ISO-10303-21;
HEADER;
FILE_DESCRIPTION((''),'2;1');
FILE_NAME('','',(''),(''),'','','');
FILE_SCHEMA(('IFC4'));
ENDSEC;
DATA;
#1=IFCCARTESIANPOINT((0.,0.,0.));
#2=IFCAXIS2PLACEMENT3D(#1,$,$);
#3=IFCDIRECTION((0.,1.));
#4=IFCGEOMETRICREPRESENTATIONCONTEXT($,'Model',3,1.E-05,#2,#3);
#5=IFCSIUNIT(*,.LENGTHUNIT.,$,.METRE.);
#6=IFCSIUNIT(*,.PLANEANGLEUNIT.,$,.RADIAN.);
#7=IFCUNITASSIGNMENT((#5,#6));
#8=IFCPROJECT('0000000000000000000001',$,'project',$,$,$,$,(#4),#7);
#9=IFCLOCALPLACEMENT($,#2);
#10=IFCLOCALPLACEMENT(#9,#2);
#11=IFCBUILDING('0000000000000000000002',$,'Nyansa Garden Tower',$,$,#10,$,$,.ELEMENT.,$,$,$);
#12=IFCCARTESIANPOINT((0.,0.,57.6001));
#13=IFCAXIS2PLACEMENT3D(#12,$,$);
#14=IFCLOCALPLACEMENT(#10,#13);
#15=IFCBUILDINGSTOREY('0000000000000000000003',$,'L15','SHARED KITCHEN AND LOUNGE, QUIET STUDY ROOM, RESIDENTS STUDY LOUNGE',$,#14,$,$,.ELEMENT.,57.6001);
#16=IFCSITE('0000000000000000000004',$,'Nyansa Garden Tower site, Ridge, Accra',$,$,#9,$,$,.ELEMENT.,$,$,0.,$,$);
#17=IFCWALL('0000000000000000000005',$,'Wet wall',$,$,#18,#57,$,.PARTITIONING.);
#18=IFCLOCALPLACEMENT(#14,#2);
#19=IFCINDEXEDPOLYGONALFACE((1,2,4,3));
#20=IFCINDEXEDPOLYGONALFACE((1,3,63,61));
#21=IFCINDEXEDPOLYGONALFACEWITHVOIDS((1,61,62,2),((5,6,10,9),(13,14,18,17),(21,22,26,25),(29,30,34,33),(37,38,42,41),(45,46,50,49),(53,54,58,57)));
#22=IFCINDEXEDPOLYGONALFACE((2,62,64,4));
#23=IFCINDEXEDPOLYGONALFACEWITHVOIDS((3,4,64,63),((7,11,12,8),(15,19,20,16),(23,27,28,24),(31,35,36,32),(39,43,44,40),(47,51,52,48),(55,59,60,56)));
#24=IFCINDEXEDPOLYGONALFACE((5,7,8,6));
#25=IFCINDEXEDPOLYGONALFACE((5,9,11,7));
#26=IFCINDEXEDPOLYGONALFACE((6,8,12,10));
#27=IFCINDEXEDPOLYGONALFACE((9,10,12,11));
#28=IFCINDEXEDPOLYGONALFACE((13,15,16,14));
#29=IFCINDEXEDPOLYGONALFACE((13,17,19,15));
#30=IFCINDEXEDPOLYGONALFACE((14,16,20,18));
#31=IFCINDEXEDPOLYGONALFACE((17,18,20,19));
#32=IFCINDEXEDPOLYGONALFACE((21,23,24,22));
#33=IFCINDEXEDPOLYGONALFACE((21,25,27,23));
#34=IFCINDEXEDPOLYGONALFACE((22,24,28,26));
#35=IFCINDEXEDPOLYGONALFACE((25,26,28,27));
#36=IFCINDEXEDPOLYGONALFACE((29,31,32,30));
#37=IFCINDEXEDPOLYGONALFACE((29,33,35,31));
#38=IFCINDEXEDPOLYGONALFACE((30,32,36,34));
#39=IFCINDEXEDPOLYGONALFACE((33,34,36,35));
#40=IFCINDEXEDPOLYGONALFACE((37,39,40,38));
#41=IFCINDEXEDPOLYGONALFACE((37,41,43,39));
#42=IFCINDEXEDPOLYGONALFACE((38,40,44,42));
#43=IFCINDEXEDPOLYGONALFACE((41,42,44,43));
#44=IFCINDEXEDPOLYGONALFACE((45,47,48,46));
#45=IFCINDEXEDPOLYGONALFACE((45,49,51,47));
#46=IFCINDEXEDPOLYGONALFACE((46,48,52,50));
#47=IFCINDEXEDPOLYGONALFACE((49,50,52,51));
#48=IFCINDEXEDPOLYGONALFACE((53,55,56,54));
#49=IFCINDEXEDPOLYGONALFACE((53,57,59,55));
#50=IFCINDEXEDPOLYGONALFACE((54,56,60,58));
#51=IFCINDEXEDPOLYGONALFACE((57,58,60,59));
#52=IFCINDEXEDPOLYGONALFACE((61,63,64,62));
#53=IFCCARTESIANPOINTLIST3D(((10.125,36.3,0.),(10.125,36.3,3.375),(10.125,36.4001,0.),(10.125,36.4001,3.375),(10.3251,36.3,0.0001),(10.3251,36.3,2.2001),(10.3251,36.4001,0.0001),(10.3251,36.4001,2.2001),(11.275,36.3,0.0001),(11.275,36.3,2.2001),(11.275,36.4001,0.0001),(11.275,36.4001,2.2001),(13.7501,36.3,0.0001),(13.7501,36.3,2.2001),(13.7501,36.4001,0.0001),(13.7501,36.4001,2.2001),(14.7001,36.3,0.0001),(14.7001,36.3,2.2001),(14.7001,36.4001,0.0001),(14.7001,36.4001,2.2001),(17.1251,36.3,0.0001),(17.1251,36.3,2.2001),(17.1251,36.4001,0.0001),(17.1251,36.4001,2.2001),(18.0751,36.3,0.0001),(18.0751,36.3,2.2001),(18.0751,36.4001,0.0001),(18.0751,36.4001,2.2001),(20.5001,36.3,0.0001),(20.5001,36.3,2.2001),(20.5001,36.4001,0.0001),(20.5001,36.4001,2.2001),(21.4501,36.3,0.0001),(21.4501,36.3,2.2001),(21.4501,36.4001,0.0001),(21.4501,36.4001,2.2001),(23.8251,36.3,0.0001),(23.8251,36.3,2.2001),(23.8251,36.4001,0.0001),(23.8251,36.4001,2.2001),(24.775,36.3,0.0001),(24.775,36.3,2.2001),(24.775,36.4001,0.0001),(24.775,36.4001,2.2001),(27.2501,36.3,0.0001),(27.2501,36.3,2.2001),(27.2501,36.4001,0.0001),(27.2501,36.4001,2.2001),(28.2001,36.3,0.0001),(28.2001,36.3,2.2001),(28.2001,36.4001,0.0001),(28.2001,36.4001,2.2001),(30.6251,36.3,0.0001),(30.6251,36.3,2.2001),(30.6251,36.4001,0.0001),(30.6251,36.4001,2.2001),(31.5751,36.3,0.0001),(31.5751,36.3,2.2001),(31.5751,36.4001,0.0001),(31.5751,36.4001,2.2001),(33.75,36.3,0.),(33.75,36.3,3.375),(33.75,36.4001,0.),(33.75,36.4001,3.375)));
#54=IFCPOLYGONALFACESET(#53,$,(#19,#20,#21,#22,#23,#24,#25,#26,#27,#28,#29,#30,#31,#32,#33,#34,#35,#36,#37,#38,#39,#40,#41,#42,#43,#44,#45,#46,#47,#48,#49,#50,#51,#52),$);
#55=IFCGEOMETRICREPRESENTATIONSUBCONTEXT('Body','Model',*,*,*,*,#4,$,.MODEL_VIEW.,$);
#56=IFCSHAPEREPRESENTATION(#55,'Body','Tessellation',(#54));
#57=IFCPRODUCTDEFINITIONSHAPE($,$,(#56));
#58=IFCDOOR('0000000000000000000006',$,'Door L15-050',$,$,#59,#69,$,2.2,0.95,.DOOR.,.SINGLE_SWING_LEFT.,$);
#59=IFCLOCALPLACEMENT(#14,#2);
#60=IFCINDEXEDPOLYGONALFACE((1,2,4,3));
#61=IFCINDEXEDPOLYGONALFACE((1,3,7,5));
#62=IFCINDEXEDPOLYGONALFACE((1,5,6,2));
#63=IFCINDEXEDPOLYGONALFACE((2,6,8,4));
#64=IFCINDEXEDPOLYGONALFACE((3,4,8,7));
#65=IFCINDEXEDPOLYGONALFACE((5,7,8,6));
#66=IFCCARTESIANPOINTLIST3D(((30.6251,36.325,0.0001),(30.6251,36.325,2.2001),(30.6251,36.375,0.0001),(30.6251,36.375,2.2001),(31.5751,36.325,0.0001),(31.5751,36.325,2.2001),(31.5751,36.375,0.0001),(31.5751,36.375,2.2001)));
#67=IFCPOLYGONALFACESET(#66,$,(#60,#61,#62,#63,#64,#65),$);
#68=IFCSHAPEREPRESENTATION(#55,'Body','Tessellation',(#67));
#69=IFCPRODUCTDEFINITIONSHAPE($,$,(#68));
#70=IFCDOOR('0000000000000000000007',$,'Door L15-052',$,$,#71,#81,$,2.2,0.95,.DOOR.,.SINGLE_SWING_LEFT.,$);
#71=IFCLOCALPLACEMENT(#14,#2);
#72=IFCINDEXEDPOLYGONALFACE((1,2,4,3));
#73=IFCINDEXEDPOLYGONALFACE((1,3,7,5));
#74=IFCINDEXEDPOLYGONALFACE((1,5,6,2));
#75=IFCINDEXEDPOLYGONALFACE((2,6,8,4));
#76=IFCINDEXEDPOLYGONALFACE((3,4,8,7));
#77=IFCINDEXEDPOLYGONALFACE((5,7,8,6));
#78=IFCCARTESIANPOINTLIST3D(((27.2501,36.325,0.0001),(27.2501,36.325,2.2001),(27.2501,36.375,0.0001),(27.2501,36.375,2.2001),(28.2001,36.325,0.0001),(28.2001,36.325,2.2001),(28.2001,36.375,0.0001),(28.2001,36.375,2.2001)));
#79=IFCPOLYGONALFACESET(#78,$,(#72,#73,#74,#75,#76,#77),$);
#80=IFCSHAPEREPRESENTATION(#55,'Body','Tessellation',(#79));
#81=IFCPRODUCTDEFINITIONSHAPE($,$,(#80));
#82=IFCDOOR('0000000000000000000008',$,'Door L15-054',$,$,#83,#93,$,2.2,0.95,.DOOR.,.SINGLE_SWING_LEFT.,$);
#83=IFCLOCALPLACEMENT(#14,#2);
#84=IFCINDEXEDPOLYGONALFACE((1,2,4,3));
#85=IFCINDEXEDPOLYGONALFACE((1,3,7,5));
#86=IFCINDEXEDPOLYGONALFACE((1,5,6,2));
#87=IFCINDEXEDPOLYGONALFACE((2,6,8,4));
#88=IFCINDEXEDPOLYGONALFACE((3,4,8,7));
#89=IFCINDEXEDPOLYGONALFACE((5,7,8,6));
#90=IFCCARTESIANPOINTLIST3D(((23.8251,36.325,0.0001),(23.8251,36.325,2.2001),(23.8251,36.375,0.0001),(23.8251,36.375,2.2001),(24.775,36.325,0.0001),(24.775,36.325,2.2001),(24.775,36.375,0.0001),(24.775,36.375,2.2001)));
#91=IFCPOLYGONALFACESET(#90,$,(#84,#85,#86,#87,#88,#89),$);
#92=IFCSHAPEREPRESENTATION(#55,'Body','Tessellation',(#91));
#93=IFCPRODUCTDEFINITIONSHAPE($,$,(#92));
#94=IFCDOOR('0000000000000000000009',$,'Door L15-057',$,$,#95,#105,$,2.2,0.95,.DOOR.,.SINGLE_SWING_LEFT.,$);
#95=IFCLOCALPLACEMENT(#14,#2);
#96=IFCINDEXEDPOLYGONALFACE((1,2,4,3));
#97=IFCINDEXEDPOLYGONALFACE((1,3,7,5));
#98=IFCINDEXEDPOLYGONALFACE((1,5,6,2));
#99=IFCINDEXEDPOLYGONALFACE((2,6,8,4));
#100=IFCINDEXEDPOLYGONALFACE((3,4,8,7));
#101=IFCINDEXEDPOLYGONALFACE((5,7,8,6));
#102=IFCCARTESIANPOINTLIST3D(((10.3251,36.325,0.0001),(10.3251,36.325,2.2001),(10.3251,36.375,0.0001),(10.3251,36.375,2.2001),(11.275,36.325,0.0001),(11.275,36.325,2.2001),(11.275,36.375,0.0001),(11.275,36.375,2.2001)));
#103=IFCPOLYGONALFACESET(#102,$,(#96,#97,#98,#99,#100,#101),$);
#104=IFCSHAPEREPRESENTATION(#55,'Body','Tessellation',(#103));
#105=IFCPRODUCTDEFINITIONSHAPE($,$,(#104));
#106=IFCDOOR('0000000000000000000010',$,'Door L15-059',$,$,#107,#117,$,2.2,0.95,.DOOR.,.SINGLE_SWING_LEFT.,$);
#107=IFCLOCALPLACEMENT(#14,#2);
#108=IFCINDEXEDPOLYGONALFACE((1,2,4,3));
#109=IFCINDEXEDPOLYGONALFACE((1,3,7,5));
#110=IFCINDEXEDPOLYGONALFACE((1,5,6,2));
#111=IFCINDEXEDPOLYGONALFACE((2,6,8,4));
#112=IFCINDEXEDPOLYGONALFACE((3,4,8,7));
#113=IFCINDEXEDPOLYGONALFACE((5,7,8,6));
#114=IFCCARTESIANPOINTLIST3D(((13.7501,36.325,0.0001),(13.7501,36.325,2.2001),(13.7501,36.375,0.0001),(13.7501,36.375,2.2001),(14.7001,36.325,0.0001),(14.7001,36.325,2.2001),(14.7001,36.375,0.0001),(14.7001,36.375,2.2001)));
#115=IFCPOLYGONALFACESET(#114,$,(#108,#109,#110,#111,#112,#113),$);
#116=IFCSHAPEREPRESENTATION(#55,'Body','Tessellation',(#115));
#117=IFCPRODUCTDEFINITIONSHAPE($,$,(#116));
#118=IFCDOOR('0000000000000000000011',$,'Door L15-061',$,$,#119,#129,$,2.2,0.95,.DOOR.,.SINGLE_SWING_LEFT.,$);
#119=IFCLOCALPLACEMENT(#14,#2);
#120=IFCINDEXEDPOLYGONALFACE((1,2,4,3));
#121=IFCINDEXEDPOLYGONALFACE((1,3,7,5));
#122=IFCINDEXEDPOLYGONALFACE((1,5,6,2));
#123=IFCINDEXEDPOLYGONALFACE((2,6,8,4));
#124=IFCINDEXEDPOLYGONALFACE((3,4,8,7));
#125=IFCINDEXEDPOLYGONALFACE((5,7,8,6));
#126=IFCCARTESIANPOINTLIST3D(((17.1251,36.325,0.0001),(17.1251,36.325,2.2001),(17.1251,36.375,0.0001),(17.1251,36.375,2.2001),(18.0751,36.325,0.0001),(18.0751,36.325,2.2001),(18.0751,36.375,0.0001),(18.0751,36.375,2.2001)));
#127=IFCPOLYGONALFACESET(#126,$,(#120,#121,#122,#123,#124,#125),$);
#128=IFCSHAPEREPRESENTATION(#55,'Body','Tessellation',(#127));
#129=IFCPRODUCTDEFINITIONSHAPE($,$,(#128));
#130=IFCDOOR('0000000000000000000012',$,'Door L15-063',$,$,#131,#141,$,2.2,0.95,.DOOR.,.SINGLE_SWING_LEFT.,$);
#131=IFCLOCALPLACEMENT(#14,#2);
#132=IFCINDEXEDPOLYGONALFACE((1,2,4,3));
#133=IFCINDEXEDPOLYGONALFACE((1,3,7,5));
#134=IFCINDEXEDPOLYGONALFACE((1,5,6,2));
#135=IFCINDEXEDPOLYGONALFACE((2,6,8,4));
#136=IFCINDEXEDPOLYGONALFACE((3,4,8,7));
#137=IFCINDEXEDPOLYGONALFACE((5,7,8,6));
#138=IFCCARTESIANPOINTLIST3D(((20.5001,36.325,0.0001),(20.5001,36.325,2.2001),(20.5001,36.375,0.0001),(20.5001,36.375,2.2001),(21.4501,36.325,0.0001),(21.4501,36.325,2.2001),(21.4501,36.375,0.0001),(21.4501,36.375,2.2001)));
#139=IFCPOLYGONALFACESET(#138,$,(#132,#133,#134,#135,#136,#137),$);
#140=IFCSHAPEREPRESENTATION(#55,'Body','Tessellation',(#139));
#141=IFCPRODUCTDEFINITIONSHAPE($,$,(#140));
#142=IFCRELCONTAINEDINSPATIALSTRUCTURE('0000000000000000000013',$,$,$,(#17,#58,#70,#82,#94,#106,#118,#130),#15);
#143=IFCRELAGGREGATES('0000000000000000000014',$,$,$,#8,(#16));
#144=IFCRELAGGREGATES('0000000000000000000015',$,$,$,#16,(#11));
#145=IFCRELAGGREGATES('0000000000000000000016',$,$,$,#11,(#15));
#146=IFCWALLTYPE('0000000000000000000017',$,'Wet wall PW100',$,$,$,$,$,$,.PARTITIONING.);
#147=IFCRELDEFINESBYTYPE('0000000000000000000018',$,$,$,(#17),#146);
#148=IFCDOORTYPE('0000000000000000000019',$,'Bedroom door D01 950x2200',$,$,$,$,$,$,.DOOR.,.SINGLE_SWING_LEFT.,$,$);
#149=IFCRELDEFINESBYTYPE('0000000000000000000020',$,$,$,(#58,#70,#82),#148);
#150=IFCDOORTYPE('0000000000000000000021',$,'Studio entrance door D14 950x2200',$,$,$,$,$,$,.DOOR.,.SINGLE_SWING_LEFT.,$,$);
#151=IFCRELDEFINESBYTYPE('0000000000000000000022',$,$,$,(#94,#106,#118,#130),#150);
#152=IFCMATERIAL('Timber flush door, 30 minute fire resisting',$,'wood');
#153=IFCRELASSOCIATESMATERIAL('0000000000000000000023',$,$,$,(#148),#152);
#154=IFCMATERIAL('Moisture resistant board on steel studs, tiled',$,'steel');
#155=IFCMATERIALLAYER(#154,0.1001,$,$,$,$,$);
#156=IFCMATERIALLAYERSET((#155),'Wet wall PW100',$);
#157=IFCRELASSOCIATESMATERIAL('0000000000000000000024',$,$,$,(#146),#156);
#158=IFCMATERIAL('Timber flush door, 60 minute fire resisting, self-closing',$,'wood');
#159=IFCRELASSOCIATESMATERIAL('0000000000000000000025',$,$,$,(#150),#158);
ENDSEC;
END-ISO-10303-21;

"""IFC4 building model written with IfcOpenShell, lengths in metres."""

from ifc_helpers import new_model, si_unit, direction, frame, frame_2d, origin, place, context, subcontext, project, spatial, rectangle, extrude, material, layer, layer_set, type_object, element, fill, save


model = new_model("IFC4")

# Units and contexts
model_context = context("Model", 3, precision=1e-05, world=origin(), true_north=direction((0.0, 1.0)))
body_context = subcontext(model_context, "Body", "Model", "MODEL_VIEW")
ifc_project = project(units=[si_unit("LENGTHUNIT", "METRE"), si_unit("PLANEANGLEUNIT", "RADIAN")], contexts=[model_context])

# Site, building, storey
site_placement = place(None, origin())
site = spatial("IfcSite", under=ifc_project, at=site_placement, Name="Nyansa Garden Tower site, Ridge, Accra", CompositionType="ELEMENT", RefElevation=0.0)
building_placement = place(site_placement, origin())
building = spatial("IfcBuilding", under=site, at=building_placement, Name="Nyansa Garden Tower", CompositionType="ELEMENT")
storey_placement = place(building_placement, frame((0.0, 0.0, 57.6001)))
storey = spatial("IfcBuildingStorey", under=building, at=storey_placement, Name="L15", Description="SHARED KITCHEN AND LOUNGE, QUIET STUDY ROOM, RESIDENTS STUDY LOUNGE", CompositionType="ELEMENT", Elevation=57.6001)

# Shared definitions
ifc_material_1 = material(Name="Timber flush door, 30 minute fire resisting", Category="wood")
door_type_1 = type_object("IfcDoorType", Name="Bedroom door D01 950x2200", OperationType="SINGLE_SWING_LEFT", PredefinedType="DOOR", material=ifc_material_1)

# Wall, openings, doors
ifc_material_2 = material(Name="Moisture resistant board on steel studs, tiled", Category="steel")
ifc_layer_1 = layer(ifc_material_2, 0.1001)
ifc_layer_set_1 = layer_set([ifc_layer_1], Name="Wet wall PW100")
wall_type_1 = type_object("IfcWallType", Name="Wet wall PW100", PredefinedType="PARTITIONING", material=ifc_layer_set_1)
wall_1_placement = place(storey_placement, frame((10.125, 36.3501, 0.0), z_axis=(0.0, 0.0, 1.0), x_axis=(1.0, 0.0, 0.0)))
wall_1 = element("IfcWall", 1, at=wall_1_placement, inside=storey, type_object=wall_type_1, Name="Wet wall", PredefinedType="PARTITIONING", context=body_context, shape_type="SweptSolid", body=[
    extrude(rectangle(XDim=23.625, YDim=0.1001, at=frame_2d((11.8125, 0.0))), origin(), (0.0, 0.0, 1.0), 3.375),
])
opening_1_placement = place(wall_1_placement, frame((20.5, 0.0, 0.0)))
opening_1 = element("IfcOpeningElement", 2, at=opening_1_placement, cuts=wall_1, PredefinedType="OPENING", context=body_context, shape_type="SweptSolid", body=[
    extrude(rectangle(XDim=0.95, YDim=2.2, at=frame_2d((0.4751, 1.1001))), frame((0.0, 0.0601, 0.0), z_axis=(0.0, -1.0, 0.0), x_axis=(1.0, 0.0, 0.0)), (0.0, 0.0, 1.0), 0.1201),
])
opening_2_placement = place(wall_1_placement, frame((17.125, 0.0, 0.0)))
opening_2 = element("IfcOpeningElement", 3, at=opening_2_placement, cuts=wall_1, PredefinedType="OPENING", context=body_context, shape_type="SweptSolid", body=[
    extrude(rectangle(XDim=0.95, YDim=2.2, at=frame_2d((0.4751, 1.1001))), frame((0.0, 0.0601, 0.0), z_axis=(0.0, -1.0, 0.0), x_axis=(1.0, 0.0, 0.0)), (0.0, 0.0, 1.0), 0.1201),
])
opening_3_placement = place(wall_1_placement, frame((13.7, 0.0, 0.0)))
opening_3 = element("IfcOpeningElement", 4, at=opening_3_placement, cuts=wall_1, PredefinedType="OPENING", context=body_context, shape_type="SweptSolid", body=[
    extrude(rectangle(XDim=0.95, YDim=2.2, at=frame_2d((0.4751, 1.1001))), frame((0.0, 0.0601, 0.0), z_axis=(0.0, -1.0, 0.0), x_axis=(1.0, 0.0, 0.0)), (0.0, 0.0, 1.0), 0.1201),
])
opening_4_placement = place(wall_1_placement, frame((0.2, 0.0, 0.0)))
opening_4 = element("IfcOpeningElement", 5, at=opening_4_placement, cuts=wall_1, PredefinedType="OPENING", context=body_context, shape_type="SweptSolid", body=[
    extrude(rectangle(XDim=0.95, YDim=2.2, at=frame_2d((0.4751, 1.1001))), frame((0.0, 0.0601, 0.0), z_axis=(0.0, -1.0, 0.0), x_axis=(1.0, 0.0, 0.0)), (0.0, 0.0, 1.0), 0.1201),
])
opening_5_placement = place(wall_1_placement, frame((3.625, 0.0, 0.0)))
opening_5 = element("IfcOpeningElement", 6, at=opening_5_placement, cuts=wall_1, PredefinedType="OPENING", context=body_context, shape_type="SweptSolid", body=[
    extrude(rectangle(XDim=0.95, YDim=2.2, at=frame_2d((0.4751, 1.1001))), frame((0.0, 0.0601, 0.0), z_axis=(0.0, -1.0, 0.0), x_axis=(1.0, 0.0, 0.0)), (0.0, 0.0, 1.0), 0.1201),
])
opening_6_placement = place(wall_1_placement, frame((7.0, 0.0, 0.0)))
opening_6 = element("IfcOpeningElement", 7, at=opening_6_placement, cuts=wall_1, PredefinedType="OPENING", context=body_context, shape_type="SweptSolid", body=[
    extrude(rectangle(XDim=0.95, YDim=2.2, at=frame_2d((0.4751, 1.1001))), frame((0.0, 0.0601, 0.0), z_axis=(0.0, -1.0, 0.0), x_axis=(1.0, 0.0, 0.0)), (0.0, 0.0, 1.0), 0.1201),
])
opening_7_placement = place(wall_1_placement, frame((10.375, 0.0, 0.0)))
opening_7 = element("IfcOpeningElement", 8, at=opening_7_placement, cuts=wall_1, PredefinedType="OPENING", context=body_context, shape_type="SweptSolid", body=[
    extrude(rectangle(XDim=0.95, YDim=2.2, at=frame_2d((0.4751, 1.1001))), frame((0.0, 0.0601, 0.0), z_axis=(0.0, -1.0, 0.0), x_axis=(1.0, 0.0, 0.0)), (0.0, 0.0, 1.0), 0.1201),
])
door_1_placement = place(opening_1_placement, origin())
door_1 = element("IfcDoor", 9, at=door_1_placement, inside=storey, type_object=door_type_1, Name="Door L15-050", OperationType="SINGLE_SWING_LEFT", OverallHeight=2.2, OverallWidth=0.95, PredefinedType="DOOR", context=body_context, shape_type="SweptSolid", body=[
    extrude(rectangle(XDim=0.95, YDim=2.2, at=frame_2d((0.4751, 1.1001))), frame((0.0, 0.0249, 0.0), z_axis=(0.0, -1.0, 0.0), x_axis=(1.0, 0.0, 0.0)), (0.0, 0.0, 1.0), 0.05),
])
fill(opening_1, door_1)
door_2_placement = place(opening_2_placement, origin())
door_2 = element("IfcDoor", 10, at=door_2_placement, inside=storey, type_object=door_type_1, Name="Door L15-052", OperationType="SINGLE_SWING_LEFT", OverallHeight=2.2, OverallWidth=0.95, PredefinedType="DOOR", context=body_context, shape_type="SweptSolid", body=[
    extrude(rectangle(XDim=0.95, YDim=2.2, at=frame_2d((0.4751, 1.1001))), frame((0.0, 0.0249, 0.0), z_axis=(0.0, -1.0, 0.0), x_axis=(1.0, 0.0, 0.0)), (0.0, 0.0, 1.0), 0.05),
])
fill(opening_2, door_2)
door_3_placement = place(opening_3_placement, origin())
door_3 = element("IfcDoor", 11, at=door_3_placement, inside=storey, type_object=door_type_1, Name="Door L15-054", OperationType="SINGLE_SWING_LEFT", OverallHeight=2.2, OverallWidth=0.95, PredefinedType="DOOR", context=body_context, shape_type="SweptSolid", body=[
    extrude(rectangle(XDim=0.95, YDim=2.2, at=frame_2d((0.4751, 1.1001))), frame((0.0, 0.0249, 0.0), z_axis=(0.0, -1.0, 0.0), x_axis=(1.0, 0.0, 0.0)), (0.0, 0.0, 1.0), 0.05),
])
fill(opening_3, door_3)
ifc_material_3 = material(Name="Timber flush door, 60 minute fire resisting, self-closing", Category="wood")
door_type_2 = type_object("IfcDoorType", Name="Studio entrance door D14 950x2200", OperationType="SINGLE_SWING_LEFT", PredefinedType="DOOR", material=ifc_material_3)
door_4_placement = place(opening_4_placement, origin())
door_4 = element("IfcDoor", 12, at=door_4_placement, inside=storey, type_object=door_type_2, Name="Door L15-057", OperationType="SINGLE_SWING_LEFT", OverallHeight=2.2, OverallWidth=0.95, PredefinedType="DOOR", context=body_context, shape_type="SweptSolid", body=[
    extrude(rectangle(XDim=0.95, YDim=2.2, at=frame_2d((0.4751, 1.1001))), frame((0.0, 0.0249, 0.0), z_axis=(0.0, -1.0, 0.0), x_axis=(1.0, 0.0, 0.0)), (0.0, 0.0, 1.0), 0.05),
])
fill(opening_4, door_4)
door_5_placement = place(opening_5_placement, origin())
door_5 = element("IfcDoor", 13, at=door_5_placement, inside=storey, type_object=door_type_2, Name="Door L15-059", OperationType="SINGLE_SWING_LEFT", OverallHeight=2.2, OverallWidth=0.95, PredefinedType="DOOR", context=body_context, shape_type="SweptSolid", body=[
    extrude(rectangle(XDim=0.95, YDim=2.2, at=frame_2d((0.4751, 1.1001))), frame((0.0, 0.0249, 0.0), z_axis=(0.0, -1.0, 0.0), x_axis=(1.0, 0.0, 0.0)), (0.0, 0.0, 1.0), 0.05),
])
fill(opening_5, door_5)
door_6_placement = place(opening_6_placement, origin())
door_6 = element("IfcDoor", 14, at=door_6_placement, inside=storey, type_object=door_type_2, Name="Door L15-061", OperationType="SINGLE_SWING_LEFT", OverallHeight=2.2, OverallWidth=0.95, PredefinedType="DOOR", context=body_context, shape_type="SweptSolid", body=[
    extrude(rectangle(XDim=0.95, YDim=2.2, at=frame_2d((0.4751, 1.1001))), frame((0.0, 0.0249, 0.0), z_axis=(0.0, -1.0, 0.0), x_axis=(1.0, 0.0, 0.0)), (0.0, 0.0, 1.0), 0.05),
])
fill(opening_6, door_6)
door_7_placement = place(opening_7_placement, origin())
door_7 = element("IfcDoor", 15, at=door_7_placement, inside=storey, type_object=door_type_2, Name="Door L15-063", OperationType="SINGLE_SWING_LEFT", OverallHeight=2.2, OverallWidth=0.95, PredefinedType="DOOR", context=body_context, shape_type="SweptSolid", body=[
    extrude(rectangle(XDim=0.95, YDim=2.2, at=frame_2d((0.4751, 1.1001))), frame((0.0, 0.0249, 0.0), z_axis=(0.0, -1.0, 0.0), x_axis=(1.0, 0.0, 0.0)), (0.0, 0.0, 1.0), 0.05),
])
fill(opening_7, door_7)

save(model, "model.ifc")
